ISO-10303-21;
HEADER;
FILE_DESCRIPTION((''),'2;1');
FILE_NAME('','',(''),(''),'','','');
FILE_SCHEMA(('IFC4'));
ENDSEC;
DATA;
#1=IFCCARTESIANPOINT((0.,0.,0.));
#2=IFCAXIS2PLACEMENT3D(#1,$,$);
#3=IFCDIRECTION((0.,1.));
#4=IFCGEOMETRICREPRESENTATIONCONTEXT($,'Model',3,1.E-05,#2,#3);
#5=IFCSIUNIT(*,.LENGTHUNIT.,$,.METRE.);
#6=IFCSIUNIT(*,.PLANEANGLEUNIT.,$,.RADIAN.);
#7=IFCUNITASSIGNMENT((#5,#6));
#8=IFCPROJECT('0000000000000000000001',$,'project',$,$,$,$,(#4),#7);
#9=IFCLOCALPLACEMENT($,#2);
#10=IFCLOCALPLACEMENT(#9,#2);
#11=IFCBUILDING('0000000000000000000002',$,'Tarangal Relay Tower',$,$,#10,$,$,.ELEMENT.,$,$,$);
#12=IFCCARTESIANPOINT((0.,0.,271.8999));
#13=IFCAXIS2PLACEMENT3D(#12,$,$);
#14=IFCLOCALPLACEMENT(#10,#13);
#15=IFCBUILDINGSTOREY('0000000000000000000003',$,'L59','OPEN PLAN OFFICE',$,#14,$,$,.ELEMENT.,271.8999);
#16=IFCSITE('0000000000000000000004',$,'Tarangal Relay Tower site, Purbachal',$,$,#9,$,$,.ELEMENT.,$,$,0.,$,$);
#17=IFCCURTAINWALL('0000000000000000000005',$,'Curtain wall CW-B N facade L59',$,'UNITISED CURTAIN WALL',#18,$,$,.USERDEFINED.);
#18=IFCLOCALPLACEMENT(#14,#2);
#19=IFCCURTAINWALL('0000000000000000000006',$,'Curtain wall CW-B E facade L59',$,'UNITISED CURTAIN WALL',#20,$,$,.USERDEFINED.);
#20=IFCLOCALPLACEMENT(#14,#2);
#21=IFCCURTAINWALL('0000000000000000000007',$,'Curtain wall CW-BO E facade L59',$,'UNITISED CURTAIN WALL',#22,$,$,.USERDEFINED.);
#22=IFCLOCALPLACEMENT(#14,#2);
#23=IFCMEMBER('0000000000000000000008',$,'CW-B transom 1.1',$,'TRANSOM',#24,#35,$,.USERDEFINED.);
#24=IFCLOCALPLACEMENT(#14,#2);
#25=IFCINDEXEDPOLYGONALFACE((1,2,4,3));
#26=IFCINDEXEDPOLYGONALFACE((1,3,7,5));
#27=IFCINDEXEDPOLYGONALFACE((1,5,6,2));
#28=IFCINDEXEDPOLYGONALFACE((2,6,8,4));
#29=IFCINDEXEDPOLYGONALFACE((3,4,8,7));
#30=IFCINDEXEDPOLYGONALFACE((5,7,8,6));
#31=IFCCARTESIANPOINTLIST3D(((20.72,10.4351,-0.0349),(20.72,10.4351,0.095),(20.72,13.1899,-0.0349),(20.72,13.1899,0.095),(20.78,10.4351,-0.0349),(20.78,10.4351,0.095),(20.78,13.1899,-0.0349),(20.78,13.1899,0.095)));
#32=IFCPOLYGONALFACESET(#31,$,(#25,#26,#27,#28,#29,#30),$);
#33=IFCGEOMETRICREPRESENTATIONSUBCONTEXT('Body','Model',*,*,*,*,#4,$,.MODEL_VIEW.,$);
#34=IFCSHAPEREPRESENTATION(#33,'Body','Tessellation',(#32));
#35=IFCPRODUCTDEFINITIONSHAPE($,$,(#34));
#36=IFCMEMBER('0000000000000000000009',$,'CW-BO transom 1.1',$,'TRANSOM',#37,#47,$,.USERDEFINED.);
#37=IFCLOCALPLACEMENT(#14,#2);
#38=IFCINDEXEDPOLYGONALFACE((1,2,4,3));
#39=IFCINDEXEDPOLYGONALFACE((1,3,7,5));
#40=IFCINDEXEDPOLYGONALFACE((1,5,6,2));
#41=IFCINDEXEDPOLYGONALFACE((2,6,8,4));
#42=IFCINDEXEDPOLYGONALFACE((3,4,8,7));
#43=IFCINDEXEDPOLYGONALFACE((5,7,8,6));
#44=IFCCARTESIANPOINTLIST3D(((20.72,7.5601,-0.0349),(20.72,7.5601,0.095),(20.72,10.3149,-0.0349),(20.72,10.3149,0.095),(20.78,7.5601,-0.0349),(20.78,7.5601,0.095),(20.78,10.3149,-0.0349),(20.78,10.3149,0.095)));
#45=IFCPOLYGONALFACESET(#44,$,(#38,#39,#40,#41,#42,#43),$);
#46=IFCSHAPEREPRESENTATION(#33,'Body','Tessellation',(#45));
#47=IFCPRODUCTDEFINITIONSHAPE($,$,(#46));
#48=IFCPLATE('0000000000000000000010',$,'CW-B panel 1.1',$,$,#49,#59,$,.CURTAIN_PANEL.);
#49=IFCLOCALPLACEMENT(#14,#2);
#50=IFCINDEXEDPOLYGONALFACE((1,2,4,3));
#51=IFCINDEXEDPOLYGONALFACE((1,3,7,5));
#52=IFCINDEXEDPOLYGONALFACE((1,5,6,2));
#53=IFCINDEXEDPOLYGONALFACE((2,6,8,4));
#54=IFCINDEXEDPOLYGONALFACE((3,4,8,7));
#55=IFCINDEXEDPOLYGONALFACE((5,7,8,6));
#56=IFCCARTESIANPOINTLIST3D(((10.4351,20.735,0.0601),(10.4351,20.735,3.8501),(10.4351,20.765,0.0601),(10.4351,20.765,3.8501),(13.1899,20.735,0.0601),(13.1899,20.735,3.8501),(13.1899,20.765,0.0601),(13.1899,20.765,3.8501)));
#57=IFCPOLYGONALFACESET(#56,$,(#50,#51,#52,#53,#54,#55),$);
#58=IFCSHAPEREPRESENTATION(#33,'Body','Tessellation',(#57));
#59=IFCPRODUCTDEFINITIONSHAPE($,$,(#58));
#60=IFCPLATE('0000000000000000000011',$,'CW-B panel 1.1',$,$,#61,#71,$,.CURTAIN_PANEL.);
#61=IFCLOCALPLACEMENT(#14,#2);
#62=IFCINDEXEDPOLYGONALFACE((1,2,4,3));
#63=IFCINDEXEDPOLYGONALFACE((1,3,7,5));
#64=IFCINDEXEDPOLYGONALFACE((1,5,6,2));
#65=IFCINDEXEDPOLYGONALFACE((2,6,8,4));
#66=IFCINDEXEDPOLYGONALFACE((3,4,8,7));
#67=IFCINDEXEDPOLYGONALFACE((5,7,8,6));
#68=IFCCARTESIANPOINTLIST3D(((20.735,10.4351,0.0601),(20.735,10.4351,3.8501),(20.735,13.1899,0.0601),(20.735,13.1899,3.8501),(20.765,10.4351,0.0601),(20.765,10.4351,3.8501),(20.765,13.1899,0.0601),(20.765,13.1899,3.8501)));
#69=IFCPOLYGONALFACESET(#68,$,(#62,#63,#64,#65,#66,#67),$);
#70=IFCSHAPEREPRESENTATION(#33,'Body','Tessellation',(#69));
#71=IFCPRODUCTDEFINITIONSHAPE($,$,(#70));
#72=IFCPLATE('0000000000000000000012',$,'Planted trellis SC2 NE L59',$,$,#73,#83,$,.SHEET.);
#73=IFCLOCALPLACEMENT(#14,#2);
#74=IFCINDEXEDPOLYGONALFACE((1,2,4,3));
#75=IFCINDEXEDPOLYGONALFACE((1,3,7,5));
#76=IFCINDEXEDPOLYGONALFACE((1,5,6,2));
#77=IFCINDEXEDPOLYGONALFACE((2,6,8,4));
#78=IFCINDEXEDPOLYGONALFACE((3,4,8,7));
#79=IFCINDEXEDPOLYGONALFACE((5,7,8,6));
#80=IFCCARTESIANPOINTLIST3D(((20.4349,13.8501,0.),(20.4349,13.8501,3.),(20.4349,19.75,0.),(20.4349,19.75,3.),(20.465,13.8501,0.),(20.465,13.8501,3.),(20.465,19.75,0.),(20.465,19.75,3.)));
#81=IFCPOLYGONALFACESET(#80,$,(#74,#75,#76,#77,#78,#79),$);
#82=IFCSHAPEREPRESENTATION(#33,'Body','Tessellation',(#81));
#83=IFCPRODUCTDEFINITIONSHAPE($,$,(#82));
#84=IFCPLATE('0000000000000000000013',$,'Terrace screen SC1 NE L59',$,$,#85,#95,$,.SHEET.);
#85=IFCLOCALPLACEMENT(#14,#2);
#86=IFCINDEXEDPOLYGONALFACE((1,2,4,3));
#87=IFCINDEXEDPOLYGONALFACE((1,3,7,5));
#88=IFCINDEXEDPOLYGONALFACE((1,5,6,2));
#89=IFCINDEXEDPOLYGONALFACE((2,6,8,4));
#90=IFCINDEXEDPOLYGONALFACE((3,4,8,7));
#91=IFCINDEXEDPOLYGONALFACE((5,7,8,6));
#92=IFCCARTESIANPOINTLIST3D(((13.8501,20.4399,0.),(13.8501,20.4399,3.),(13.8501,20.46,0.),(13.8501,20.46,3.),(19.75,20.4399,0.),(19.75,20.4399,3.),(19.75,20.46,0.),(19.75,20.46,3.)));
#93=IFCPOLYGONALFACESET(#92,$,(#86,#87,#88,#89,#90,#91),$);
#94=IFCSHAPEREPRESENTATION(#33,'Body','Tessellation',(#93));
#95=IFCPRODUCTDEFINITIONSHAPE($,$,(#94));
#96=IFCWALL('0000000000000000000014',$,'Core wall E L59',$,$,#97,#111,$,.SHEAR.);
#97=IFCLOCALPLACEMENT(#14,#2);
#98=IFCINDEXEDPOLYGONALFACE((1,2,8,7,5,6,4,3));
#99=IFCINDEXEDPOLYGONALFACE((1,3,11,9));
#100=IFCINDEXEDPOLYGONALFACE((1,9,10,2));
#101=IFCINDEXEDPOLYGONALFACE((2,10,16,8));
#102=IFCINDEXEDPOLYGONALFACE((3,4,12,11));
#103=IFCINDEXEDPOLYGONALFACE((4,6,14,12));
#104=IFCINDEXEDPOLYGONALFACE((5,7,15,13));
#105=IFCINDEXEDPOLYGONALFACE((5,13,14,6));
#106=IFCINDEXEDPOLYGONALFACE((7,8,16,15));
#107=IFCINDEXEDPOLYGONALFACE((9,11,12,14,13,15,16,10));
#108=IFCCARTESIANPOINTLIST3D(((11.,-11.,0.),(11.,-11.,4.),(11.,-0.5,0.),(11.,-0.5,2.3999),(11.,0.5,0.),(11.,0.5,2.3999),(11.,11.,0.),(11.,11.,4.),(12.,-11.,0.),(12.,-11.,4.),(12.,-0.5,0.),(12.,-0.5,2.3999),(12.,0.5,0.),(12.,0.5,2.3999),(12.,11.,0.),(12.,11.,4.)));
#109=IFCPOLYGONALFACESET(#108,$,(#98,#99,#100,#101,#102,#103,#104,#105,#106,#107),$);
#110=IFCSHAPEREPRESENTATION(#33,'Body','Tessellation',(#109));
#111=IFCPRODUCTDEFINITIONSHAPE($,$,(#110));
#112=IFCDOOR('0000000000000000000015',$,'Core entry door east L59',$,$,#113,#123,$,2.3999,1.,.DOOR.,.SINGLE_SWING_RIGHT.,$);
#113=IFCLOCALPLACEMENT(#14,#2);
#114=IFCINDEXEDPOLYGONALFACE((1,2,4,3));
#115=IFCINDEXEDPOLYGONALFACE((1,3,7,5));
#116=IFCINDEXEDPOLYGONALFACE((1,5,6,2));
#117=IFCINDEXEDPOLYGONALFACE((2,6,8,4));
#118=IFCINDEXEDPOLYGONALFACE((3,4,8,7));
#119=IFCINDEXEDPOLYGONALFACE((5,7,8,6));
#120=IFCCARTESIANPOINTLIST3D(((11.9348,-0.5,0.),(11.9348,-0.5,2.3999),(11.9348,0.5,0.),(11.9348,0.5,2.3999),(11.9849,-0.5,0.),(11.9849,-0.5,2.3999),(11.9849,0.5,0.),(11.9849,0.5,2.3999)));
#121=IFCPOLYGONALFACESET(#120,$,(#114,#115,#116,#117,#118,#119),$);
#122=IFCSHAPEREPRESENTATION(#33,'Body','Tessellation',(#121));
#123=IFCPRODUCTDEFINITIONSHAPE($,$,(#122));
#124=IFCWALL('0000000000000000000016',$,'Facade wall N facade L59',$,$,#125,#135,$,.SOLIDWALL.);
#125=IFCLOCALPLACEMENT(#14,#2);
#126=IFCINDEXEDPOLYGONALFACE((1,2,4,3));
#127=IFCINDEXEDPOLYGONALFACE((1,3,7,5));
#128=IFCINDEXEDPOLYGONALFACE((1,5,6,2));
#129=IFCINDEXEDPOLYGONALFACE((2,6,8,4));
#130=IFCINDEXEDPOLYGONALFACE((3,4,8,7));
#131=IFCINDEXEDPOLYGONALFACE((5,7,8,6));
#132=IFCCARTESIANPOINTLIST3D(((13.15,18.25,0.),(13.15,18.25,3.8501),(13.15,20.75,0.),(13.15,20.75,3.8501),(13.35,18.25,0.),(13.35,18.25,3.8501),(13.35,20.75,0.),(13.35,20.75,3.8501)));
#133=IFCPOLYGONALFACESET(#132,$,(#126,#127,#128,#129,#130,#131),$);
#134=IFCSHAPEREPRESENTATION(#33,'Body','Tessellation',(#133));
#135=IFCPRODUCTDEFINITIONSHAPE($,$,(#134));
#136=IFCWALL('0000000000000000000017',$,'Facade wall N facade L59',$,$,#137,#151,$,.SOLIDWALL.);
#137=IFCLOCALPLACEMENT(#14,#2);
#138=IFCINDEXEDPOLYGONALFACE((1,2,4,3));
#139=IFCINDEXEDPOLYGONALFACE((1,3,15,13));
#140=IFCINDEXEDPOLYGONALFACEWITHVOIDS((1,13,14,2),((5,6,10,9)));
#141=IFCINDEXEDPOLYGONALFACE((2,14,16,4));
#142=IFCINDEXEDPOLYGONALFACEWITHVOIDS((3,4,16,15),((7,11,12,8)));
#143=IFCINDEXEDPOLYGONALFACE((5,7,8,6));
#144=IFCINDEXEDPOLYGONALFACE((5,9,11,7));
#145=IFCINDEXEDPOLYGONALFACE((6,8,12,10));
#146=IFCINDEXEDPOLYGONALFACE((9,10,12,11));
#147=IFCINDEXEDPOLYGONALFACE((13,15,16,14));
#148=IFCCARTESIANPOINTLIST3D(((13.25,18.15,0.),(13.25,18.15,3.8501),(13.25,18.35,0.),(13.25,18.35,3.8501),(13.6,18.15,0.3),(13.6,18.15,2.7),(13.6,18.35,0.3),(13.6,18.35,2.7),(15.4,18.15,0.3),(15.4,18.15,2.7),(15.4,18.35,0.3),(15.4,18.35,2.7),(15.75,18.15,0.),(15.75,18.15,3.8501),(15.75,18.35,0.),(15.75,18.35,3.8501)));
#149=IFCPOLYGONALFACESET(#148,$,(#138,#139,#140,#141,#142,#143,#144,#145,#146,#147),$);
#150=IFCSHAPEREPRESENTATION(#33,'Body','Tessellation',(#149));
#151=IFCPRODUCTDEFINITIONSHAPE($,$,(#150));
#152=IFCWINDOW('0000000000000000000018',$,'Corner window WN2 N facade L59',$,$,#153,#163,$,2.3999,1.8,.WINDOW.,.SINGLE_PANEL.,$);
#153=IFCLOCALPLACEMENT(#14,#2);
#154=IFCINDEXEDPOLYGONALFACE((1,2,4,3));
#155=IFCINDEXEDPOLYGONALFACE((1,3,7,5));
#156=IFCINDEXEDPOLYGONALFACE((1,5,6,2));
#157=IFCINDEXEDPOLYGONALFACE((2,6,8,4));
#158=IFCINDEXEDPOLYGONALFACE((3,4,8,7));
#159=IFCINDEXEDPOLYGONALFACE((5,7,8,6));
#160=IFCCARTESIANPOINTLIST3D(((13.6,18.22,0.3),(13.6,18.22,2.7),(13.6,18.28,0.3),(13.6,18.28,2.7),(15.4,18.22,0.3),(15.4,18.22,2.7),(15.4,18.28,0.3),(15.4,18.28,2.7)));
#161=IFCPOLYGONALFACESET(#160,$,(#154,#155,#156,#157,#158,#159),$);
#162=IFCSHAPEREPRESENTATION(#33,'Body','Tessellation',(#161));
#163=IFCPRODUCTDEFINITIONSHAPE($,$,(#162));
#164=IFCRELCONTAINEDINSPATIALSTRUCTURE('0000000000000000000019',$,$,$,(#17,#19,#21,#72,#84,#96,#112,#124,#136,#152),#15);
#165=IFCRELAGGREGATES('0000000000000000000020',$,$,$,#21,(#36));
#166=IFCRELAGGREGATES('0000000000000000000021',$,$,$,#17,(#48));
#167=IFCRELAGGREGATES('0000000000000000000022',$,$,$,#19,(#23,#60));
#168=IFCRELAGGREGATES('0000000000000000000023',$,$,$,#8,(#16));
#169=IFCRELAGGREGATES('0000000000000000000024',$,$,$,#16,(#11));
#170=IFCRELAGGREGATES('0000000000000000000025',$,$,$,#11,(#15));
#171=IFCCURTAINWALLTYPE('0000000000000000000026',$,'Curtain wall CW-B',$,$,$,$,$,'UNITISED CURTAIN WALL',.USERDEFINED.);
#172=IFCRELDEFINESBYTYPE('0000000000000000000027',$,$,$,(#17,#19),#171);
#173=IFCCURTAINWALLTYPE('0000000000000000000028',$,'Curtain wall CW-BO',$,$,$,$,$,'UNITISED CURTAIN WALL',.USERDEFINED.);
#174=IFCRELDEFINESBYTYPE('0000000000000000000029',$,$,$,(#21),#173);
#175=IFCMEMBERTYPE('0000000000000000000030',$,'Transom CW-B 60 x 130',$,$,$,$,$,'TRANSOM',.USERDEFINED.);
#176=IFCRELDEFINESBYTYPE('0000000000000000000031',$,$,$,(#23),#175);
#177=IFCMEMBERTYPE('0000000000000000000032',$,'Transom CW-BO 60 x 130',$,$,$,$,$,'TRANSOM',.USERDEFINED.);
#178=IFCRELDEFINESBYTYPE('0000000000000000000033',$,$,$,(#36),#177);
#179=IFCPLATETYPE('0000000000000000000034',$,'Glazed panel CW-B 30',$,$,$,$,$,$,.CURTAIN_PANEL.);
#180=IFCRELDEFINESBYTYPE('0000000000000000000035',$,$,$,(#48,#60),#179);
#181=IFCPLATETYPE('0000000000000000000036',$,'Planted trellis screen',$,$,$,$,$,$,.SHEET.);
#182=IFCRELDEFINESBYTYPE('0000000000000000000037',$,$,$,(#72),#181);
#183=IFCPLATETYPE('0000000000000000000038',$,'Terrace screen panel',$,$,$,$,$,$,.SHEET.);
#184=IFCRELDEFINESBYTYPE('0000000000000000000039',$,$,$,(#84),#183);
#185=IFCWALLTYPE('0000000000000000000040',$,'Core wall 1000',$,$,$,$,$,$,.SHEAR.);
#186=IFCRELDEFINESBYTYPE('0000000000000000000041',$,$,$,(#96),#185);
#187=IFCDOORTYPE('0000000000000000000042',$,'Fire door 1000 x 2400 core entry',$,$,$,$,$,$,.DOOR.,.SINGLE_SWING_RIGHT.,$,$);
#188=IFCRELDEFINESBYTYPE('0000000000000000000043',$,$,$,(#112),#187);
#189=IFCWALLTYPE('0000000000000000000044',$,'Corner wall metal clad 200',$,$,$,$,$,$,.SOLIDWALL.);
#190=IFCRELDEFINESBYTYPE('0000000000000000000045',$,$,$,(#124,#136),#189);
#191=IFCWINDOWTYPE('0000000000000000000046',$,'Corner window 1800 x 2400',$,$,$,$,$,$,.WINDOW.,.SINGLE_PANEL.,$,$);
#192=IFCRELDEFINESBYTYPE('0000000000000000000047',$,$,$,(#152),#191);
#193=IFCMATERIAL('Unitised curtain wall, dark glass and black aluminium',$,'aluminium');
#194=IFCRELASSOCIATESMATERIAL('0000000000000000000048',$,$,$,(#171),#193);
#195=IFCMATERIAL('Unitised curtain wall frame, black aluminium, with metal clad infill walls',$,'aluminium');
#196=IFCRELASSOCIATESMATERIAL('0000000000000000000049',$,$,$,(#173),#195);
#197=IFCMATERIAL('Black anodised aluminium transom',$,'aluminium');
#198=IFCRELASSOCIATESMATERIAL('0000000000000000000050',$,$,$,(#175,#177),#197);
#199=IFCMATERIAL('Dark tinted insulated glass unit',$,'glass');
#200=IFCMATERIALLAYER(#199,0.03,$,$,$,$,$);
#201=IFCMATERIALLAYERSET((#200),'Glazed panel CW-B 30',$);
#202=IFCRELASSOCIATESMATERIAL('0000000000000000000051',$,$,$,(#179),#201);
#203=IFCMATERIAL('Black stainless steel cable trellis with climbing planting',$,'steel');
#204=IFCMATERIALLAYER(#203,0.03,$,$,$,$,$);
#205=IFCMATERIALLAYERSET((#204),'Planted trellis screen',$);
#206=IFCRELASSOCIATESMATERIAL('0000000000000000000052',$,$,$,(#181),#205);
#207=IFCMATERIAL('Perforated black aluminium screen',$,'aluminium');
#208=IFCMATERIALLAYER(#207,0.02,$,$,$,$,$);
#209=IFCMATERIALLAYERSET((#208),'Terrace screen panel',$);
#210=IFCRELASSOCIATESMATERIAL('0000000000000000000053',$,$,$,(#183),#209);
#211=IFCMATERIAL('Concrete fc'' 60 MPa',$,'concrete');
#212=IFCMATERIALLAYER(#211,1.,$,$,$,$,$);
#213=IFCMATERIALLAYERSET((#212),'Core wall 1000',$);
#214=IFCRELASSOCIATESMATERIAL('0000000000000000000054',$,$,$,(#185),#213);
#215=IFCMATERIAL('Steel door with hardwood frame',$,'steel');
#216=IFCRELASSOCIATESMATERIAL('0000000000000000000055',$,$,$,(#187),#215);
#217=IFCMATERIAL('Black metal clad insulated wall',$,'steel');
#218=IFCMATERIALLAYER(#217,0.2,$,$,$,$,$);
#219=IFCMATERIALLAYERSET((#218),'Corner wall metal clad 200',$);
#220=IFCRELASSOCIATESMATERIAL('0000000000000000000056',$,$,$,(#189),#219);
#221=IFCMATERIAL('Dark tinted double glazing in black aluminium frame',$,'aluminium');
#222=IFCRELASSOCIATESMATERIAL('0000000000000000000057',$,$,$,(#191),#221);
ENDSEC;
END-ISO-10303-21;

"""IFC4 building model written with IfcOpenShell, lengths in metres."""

from ifc_helpers import new_model, si_unit, direction, frame, frame_2d, origin, origin_2d, place, context, subcontext, project, spatial, rectangle, extrude, material, layer, layer_set, material_profile, profile_set, type_object, element, fill, aggregate, save


model = new_model("IFC4")

# Units and contexts
model_context = context("Model", 3, precision=1e-05, world=origin(), true_north=direction((0.0, 1.0)))
body_context = subcontext(model_context, "Body", "Model", "MODEL_VIEW")
ifc_project = project(units=[si_unit("LENGTHUNIT", "METRE"), si_unit("PLANEANGLEUNIT", "RADIAN")], contexts=[model_context])

# Site, building, storey
site_placement = place(None, origin())
site = spatial("IfcSite", under=ifc_project, at=site_placement, Name="Tarangal Relay Tower site, Purbachal", CompositionType="ELEMENT", RefElevation=0.0)
building_placement = place(site_placement, origin())
building = spatial("IfcBuilding", under=site, at=building_placement, Name="Tarangal Relay Tower", CompositionType="ELEMENT")
storey_placement = place(building_placement, frame((0.0, 0.0, 271.8999)))
storey = spatial("IfcBuildingStorey", under=building, at=storey_placement, Name="L59", Description="OPEN PLAN OFFICE", CompositionType="ELEMENT", Elevation=271.8999)

# Curtain wall
ifc_material_1 = material(Name="Unitised curtain wall, dark glass and black aluminium", Category="aluminium")
curtain_wall_type_1 = type_object("IfcCurtainWallType", Name="Curtain wall CW-B", ElementType="UNITISED CURTAIN WALL", PredefinedType="USERDEFINED", material=ifc_material_1)
curtain_wall_1_placement = place(storey_placement, origin())
curtain_wall_1 = element("IfcCurtainWall", 1, at=curtain_wall_1_placement, inside=storey, type_object=curtain_wall_type_1, Name="Curtain wall CW-B N facade L59", ObjectType="UNITISED CURTAIN WALL", PredefinedType="USERDEFINED")

# Curtain wall
curtain_wall_2_placement = place(storey_placement, origin())
curtain_wall_2 = element("IfcCurtainWall", 2, at=curtain_wall_2_placement, inside=storey, type_object=curtain_wall_type_1, Name="Curtain wall CW-B E facade L59", ObjectType="UNITISED CURTAIN WALL", PredefinedType="USERDEFINED")

# Curtain wall
ifc_material_2 = material(Name="Unitised curtain wall frame, black aluminium, with metal clad infill walls", Category="aluminium")
curtain_wall_type_2 = type_object("IfcCurtainWallType", Name="Curtain wall CW-BO", ElementType="UNITISED CURTAIN WALL", PredefinedType="USERDEFINED", material=ifc_material_2)
curtain_wall_3_placement = place(storey_placement, origin())
curtain_wall_3 = element("IfcCurtainWall", 3, at=curtain_wall_3_placement, inside=storey, type_object=curtain_wall_type_2, Name="Curtain wall CW-BO E facade L59", ObjectType="UNITISED CURTAIN WALL", PredefinedType="USERDEFINED")

# Members
ifc_material_3 = material(Name="Black anodised aluminium transom", Category="aluminium")
ifc_material_profile_1 = material_profile(ifc_material_3, rectangle(XDim=0.0601, YDim=0.1299, at=origin_2d()), Name="CW-BT 60X130")
ifc_profile_set_1 = profile_set([ifc_material_profile_1], Name="Black anodised aluminium transom")
member_type_1 = type_object("IfcMemberType", Name="Transom CW-B 60 x 130", ElementType="TRANSOM", PredefinedType="USERDEFINED", material=ifc_profile_set_1)
member_1_placement = place(storey_placement, frame((20.75, 13.1899, 0.03), z_axis=(0.0, -1.0, 0.0), x_axis=(1.0, 0.0, 0.0)))
member_1 = element("IfcMember", 4, at=member_1_placement, type_object=member_type_1, Name="CW-B transom 1.1", ObjectType="TRANSOM", PredefinedType="USERDEFINED", context=body_context, shape_type="SweptSolid", body=[
    extrude(rectangle(XDim=0.0601, YDim=0.1299, at=origin_2d()), origin(), (0.0, 0.0, 1.0), 2.7549),
])
ifc_material_profile_2 = material_profile(ifc_material_3, rectangle(XDim=0.0601, YDim=0.1299, at=origin_2d()), Name="CW-BOT 60X130")
ifc_profile_set_2 = profile_set([ifc_material_profile_2], Name="Black anodised aluminium transom")
member_type_2 = type_object("IfcMemberType", Name="Transom CW-BO 60 x 130", ElementType="TRANSOM", PredefinedType="USERDEFINED", material=ifc_profile_set_2)
member_2_placement = place(storey_placement, frame((20.75, 10.3149, 0.03), z_axis=(0.0, -1.0, 0.0), x_axis=(1.0, 0.0, 0.0)))
member_2 = element("IfcMember", 5, at=member_2_placement, type_object=member_type_2, Name="CW-BO transom 1.1", ObjectType="TRANSOM", PredefinedType="USERDEFINED", context=body_context, shape_type="SweptSolid", body=[
    extrude(rectangle(XDim=0.0601, YDim=0.1299, at=origin_2d()), origin(), (0.0, 0.0, 1.0), 2.7549),
])
aggregate(curtain_wall_3, [member_2])

# Plates
ifc_material_4 = material(Name="Dark tinted insulated glass unit", Category="glass")
ifc_layer_1 = layer(ifc_material_4, 0.03)
ifc_layer_set_1 = layer_set([ifc_layer_1], Name="Glazed panel CW-B 30")
plate_type_1 = type_object("IfcPlateType", Name="Glazed panel CW-B 30", PredefinedType="CURTAIN_PANEL", material=ifc_layer_set_1)
plate_1_placement = place(storey_placement, frame((11.8125, 20.75, 0.0601), z_axis=(0.0, 0.0, 1.0), x_axis=(1.0, 0.0, 0.0)))
plate_1 = element("IfcPlate", 6, at=plate_1_placement, type_object=plate_type_1, Name="CW-B panel 1.1", PredefinedType="CURTAIN_PANEL", context=body_context, shape_type="SweptSolid", body=[
    extrude(rectangle(XDim=2.7549, YDim=0.03, at=origin_2d()), origin(), (0.0, 0.0, 1.0), 3.79),
])
aggregate(curtain_wall_1, [plate_1])
plate_2_placement = place(storey_placement, frame((20.75, 11.8125, 0.0601), z_axis=(0.0, 0.0, 1.0), x_axis=(0.0, -1.0, 0.0)))
plate_2 = element("IfcPlate", 7, at=plate_2_placement, type_object=plate_type_1, Name="CW-B panel 1.1", PredefinedType="CURTAIN_PANEL", context=body_context, shape_type="SweptSolid", body=[
    extrude(rectangle(XDim=2.7549, YDim=0.03, at=origin_2d()), origin(), (0.0, 0.0, 1.0), 3.79),
])
aggregate(curtain_wall_2, [member_1, plate_2])

# Plates
ifc_material_5 = material(Name="Black stainless steel cable trellis with climbing planting", Category="steel")
ifc_layer_2 = layer(ifc_material_5, 0.03)
ifc_layer_set_2 = layer_set([ifc_layer_2], Name="Planted trellis screen")
plate_type_2 = type_object("IfcPlateType", Name="Planted trellis screen", PredefinedType="SHEET", material=ifc_layer_set_2)
plate_3_placement = place(storey_placement, frame((20.45, 16.8, 0.0), z_axis=(0.0, 0.0, 1.0), x_axis=(0.0, -1.0, 0.0)))
element("IfcPlate", 8, at=plate_3_placement, inside=storey, type_object=plate_type_2, Name="Planted trellis SC2 NE L59", PredefinedType="SHEET", context=body_context, shape_type="SweptSolid", body=[
    extrude(rectangle(XDim=5.8999, YDim=0.03, at=origin_2d()), origin(), (0.0, 0.0, 1.0), 3.0),
])
ifc_material_6 = material(Name="Perforated black aluminium screen", Category="aluminium")
ifc_layer_3 = layer(ifc_material_6, 0.02)
ifc_layer_set_3 = layer_set([ifc_layer_3], Name="Terrace screen panel")
plate_type_3 = type_object("IfcPlateType", Name="Terrace screen panel", PredefinedType="SHEET", material=ifc_layer_set_3)
plate_4_placement = place(storey_placement, frame((16.8, 20.45, 0.0), z_axis=(0.0, 0.0, 1.0), x_axis=(1.0, 0.0, 0.0)))
element("IfcPlate", 9, at=plate_4_placement, inside=storey, type_object=plate_type_3, Name="Terrace screen SC1 NE L59", PredefinedType="SHEET", context=body_context, shape_type="SweptSolid", body=[
    extrude(rectangle(XDim=5.8999, YDim=0.02, at=origin_2d()), origin(), (0.0, 0.0, 1.0), 3.0),
])

# Wall, opening, door
ifc_material_7 = material(Name="Concrete fc' 60 MPa", Category="concrete")
ifc_layer_4 = layer(ifc_material_7, 1.0)
ifc_layer_set_4 = layer_set([ifc_layer_4], Name="Core wall 1000")
wall_type_1 = type_object("IfcWallType", Name="Core wall 1000", PredefinedType="SHEAR", material=ifc_layer_set_4)
wall_1_placement = place(storey_placement, frame((11.5, 11.0, 0.0), z_axis=(0.0, 0.0, 1.0), x_axis=(0.0, -1.0, 0.0)))
wall_1 = element("IfcWall", 10, at=wall_1_placement, inside=storey, type_object=wall_type_1, Name="Core wall E L59", PredefinedType="SHEAR", context=body_context, shape_type="SweptSolid", body=[
    extrude(rectangle(XDim=22.0, YDim=1.0, at=frame_2d((11.0, 0.0))), origin(), (0.0, 0.0, 1.0), 4.0),
])
opening_1_placement = place(wall_1_placement, frame((10.5, 0.0, 0.0)))
opening_1 = element("IfcOpeningElement", 11, at=opening_1_placement, cuts=wall_1, PredefinedType="OPENING", context=body_context, shape_type="SweptSolid", body=[
    extrude(rectangle(XDim=1.0, YDim=2.3999, at=frame_2d((0.5, 1.2))), frame((0.0, 0.51, 0.0), z_axis=(0.0, -1.0, 0.0), x_axis=(1.0, 0.0, 0.0)), (0.0, 0.0, 1.0), 1.02),
])
ifc_material_8 = material(Name="Steel door with hardwood frame", Category="steel")
door_type_1 = type_object("IfcDoorType", Name="Fire door 1000 x 2400 core entry", OperationType="SINGLE_SWING_RIGHT", PredefinedType="DOOR", material=ifc_material_8)
door_1_placement = place(opening_1_placement, origin())
door_1 = element("IfcDoor", 12, at=door_1_placement, inside=storey, type_object=door_type_1, Name="Core entry door east L59", OperationType="SINGLE_SWING_RIGHT", OverallHeight=2.3999, OverallWidth=1.0, PredefinedType="DOOR", context=body_context, shape_type="SweptSolid", body=[
    extrude(rectangle(XDim=1.0, YDim=2.3999, at=frame_2d((0.5, 1.2))), frame((0.0, 0.4849, 0.0), z_axis=(0.0, -1.0, 0.0), x_axis=(1.0, 0.0, 0.0)), (0.0, 0.0, 1.0), 0.05),
])
fill(opening_1, door_1)

# Wall
ifc_material_9 = material(Name="Black metal clad insulated wall", Category="steel")
ifc_layer_5 = layer(ifc_material_9, 0.2)
ifc_layer_set_5 = layer_set([ifc_layer_5], Name="Corner wall metal clad 200")
wall_type_2 = type_object("IfcWallType", Name="Corner wall metal clad 200", PredefinedType="SOLIDWALL", material=ifc_layer_set_5)
wall_2_placement = place(storey_placement, frame((13.25, 20.75, 0.0), z_axis=(0.0, 0.0, 1.0), x_axis=(0.0, -1.0, 0.0)))
element("IfcWall", 13, at=wall_2_placement, inside=storey, type_object=wall_type_2, Name="Facade wall N facade L59", PredefinedType="SOLIDWALL", context=body_context, shape_type="SweptSolid", body=[
    extrude(rectangle(XDim=2.5, YDim=0.2, at=frame_2d((1.25, 0.0))), origin(), (0.0, 0.0, 1.0), 3.8501),
])

# Wall, opening, window
wall_3_placement = place(storey_placement, frame((13.25, 18.25, 0.0), z_axis=(0.0, 0.0, 1.0), x_axis=(1.0, 0.0, 0.0)))
wall_3 = element("IfcWall", 14, at=wall_3_placement, inside=storey, type_object=wall_type_2, Name="Facade wall N facade L59", PredefinedType="SOLIDWALL", context=body_context, shape_type="SweptSolid", body=[
    extrude(rectangle(XDim=2.5, YDim=0.2, at=frame_2d((1.25, 0.0))), origin(), (0.0, 0.0, 1.0), 3.8501),
])
opening_2_placement = place(wall_3_placement, frame((0.3501, 0.0, 0.3)))
opening_2 = element("IfcOpeningElement", 15, at=opening_2_placement, cuts=wall_3, PredefinedType="OPENING", context=body_context, shape_type="SweptSolid", body=[
    extrude(rectangle(XDim=1.8, YDim=2.3999, at=frame_2d((0.8999, 1.2))), frame((0.0, 0.1099, 0.0), z_axis=(0.0, -1.0, 0.0), x_axis=(1.0, 0.0, 0.0)), (0.0, 0.0, 1.0), 0.22),
])
ifc_material_10 = material(Name="Dark tinted double glazing in black aluminium frame", Category="aluminium")
window_type = type_object("IfcWindowType", Name="Corner window 1800 x 2400", PartitioningType="SINGLE_PANEL", PredefinedType="WINDOW", material=ifc_material_10)
window_1_placement = place(opening_2_placement, origin())
window_1 = element("IfcWindow", 16, at=window_1_placement, inside=storey, type_object=window_type, Name="Corner window WN2 N facade L59", OverallHeight=2.3999, OverallWidth=1.8, PartitioningType="SINGLE_PANEL", PredefinedType="WINDOW", context=body_context, shape_type="SweptSolid", body=[
    extrude(rectangle(XDim=1.8, YDim=2.3999, at=frame_2d((0.8999, 1.2))), frame((0.0, 0.03, 0.0), z_axis=(0.0, -1.0, 0.0), x_axis=(1.0, 0.0, 0.0)), (0.0, 0.0, 1.0), 0.0601),
])
fill(opening_2, window_1)

save(model, "model.ifc")
